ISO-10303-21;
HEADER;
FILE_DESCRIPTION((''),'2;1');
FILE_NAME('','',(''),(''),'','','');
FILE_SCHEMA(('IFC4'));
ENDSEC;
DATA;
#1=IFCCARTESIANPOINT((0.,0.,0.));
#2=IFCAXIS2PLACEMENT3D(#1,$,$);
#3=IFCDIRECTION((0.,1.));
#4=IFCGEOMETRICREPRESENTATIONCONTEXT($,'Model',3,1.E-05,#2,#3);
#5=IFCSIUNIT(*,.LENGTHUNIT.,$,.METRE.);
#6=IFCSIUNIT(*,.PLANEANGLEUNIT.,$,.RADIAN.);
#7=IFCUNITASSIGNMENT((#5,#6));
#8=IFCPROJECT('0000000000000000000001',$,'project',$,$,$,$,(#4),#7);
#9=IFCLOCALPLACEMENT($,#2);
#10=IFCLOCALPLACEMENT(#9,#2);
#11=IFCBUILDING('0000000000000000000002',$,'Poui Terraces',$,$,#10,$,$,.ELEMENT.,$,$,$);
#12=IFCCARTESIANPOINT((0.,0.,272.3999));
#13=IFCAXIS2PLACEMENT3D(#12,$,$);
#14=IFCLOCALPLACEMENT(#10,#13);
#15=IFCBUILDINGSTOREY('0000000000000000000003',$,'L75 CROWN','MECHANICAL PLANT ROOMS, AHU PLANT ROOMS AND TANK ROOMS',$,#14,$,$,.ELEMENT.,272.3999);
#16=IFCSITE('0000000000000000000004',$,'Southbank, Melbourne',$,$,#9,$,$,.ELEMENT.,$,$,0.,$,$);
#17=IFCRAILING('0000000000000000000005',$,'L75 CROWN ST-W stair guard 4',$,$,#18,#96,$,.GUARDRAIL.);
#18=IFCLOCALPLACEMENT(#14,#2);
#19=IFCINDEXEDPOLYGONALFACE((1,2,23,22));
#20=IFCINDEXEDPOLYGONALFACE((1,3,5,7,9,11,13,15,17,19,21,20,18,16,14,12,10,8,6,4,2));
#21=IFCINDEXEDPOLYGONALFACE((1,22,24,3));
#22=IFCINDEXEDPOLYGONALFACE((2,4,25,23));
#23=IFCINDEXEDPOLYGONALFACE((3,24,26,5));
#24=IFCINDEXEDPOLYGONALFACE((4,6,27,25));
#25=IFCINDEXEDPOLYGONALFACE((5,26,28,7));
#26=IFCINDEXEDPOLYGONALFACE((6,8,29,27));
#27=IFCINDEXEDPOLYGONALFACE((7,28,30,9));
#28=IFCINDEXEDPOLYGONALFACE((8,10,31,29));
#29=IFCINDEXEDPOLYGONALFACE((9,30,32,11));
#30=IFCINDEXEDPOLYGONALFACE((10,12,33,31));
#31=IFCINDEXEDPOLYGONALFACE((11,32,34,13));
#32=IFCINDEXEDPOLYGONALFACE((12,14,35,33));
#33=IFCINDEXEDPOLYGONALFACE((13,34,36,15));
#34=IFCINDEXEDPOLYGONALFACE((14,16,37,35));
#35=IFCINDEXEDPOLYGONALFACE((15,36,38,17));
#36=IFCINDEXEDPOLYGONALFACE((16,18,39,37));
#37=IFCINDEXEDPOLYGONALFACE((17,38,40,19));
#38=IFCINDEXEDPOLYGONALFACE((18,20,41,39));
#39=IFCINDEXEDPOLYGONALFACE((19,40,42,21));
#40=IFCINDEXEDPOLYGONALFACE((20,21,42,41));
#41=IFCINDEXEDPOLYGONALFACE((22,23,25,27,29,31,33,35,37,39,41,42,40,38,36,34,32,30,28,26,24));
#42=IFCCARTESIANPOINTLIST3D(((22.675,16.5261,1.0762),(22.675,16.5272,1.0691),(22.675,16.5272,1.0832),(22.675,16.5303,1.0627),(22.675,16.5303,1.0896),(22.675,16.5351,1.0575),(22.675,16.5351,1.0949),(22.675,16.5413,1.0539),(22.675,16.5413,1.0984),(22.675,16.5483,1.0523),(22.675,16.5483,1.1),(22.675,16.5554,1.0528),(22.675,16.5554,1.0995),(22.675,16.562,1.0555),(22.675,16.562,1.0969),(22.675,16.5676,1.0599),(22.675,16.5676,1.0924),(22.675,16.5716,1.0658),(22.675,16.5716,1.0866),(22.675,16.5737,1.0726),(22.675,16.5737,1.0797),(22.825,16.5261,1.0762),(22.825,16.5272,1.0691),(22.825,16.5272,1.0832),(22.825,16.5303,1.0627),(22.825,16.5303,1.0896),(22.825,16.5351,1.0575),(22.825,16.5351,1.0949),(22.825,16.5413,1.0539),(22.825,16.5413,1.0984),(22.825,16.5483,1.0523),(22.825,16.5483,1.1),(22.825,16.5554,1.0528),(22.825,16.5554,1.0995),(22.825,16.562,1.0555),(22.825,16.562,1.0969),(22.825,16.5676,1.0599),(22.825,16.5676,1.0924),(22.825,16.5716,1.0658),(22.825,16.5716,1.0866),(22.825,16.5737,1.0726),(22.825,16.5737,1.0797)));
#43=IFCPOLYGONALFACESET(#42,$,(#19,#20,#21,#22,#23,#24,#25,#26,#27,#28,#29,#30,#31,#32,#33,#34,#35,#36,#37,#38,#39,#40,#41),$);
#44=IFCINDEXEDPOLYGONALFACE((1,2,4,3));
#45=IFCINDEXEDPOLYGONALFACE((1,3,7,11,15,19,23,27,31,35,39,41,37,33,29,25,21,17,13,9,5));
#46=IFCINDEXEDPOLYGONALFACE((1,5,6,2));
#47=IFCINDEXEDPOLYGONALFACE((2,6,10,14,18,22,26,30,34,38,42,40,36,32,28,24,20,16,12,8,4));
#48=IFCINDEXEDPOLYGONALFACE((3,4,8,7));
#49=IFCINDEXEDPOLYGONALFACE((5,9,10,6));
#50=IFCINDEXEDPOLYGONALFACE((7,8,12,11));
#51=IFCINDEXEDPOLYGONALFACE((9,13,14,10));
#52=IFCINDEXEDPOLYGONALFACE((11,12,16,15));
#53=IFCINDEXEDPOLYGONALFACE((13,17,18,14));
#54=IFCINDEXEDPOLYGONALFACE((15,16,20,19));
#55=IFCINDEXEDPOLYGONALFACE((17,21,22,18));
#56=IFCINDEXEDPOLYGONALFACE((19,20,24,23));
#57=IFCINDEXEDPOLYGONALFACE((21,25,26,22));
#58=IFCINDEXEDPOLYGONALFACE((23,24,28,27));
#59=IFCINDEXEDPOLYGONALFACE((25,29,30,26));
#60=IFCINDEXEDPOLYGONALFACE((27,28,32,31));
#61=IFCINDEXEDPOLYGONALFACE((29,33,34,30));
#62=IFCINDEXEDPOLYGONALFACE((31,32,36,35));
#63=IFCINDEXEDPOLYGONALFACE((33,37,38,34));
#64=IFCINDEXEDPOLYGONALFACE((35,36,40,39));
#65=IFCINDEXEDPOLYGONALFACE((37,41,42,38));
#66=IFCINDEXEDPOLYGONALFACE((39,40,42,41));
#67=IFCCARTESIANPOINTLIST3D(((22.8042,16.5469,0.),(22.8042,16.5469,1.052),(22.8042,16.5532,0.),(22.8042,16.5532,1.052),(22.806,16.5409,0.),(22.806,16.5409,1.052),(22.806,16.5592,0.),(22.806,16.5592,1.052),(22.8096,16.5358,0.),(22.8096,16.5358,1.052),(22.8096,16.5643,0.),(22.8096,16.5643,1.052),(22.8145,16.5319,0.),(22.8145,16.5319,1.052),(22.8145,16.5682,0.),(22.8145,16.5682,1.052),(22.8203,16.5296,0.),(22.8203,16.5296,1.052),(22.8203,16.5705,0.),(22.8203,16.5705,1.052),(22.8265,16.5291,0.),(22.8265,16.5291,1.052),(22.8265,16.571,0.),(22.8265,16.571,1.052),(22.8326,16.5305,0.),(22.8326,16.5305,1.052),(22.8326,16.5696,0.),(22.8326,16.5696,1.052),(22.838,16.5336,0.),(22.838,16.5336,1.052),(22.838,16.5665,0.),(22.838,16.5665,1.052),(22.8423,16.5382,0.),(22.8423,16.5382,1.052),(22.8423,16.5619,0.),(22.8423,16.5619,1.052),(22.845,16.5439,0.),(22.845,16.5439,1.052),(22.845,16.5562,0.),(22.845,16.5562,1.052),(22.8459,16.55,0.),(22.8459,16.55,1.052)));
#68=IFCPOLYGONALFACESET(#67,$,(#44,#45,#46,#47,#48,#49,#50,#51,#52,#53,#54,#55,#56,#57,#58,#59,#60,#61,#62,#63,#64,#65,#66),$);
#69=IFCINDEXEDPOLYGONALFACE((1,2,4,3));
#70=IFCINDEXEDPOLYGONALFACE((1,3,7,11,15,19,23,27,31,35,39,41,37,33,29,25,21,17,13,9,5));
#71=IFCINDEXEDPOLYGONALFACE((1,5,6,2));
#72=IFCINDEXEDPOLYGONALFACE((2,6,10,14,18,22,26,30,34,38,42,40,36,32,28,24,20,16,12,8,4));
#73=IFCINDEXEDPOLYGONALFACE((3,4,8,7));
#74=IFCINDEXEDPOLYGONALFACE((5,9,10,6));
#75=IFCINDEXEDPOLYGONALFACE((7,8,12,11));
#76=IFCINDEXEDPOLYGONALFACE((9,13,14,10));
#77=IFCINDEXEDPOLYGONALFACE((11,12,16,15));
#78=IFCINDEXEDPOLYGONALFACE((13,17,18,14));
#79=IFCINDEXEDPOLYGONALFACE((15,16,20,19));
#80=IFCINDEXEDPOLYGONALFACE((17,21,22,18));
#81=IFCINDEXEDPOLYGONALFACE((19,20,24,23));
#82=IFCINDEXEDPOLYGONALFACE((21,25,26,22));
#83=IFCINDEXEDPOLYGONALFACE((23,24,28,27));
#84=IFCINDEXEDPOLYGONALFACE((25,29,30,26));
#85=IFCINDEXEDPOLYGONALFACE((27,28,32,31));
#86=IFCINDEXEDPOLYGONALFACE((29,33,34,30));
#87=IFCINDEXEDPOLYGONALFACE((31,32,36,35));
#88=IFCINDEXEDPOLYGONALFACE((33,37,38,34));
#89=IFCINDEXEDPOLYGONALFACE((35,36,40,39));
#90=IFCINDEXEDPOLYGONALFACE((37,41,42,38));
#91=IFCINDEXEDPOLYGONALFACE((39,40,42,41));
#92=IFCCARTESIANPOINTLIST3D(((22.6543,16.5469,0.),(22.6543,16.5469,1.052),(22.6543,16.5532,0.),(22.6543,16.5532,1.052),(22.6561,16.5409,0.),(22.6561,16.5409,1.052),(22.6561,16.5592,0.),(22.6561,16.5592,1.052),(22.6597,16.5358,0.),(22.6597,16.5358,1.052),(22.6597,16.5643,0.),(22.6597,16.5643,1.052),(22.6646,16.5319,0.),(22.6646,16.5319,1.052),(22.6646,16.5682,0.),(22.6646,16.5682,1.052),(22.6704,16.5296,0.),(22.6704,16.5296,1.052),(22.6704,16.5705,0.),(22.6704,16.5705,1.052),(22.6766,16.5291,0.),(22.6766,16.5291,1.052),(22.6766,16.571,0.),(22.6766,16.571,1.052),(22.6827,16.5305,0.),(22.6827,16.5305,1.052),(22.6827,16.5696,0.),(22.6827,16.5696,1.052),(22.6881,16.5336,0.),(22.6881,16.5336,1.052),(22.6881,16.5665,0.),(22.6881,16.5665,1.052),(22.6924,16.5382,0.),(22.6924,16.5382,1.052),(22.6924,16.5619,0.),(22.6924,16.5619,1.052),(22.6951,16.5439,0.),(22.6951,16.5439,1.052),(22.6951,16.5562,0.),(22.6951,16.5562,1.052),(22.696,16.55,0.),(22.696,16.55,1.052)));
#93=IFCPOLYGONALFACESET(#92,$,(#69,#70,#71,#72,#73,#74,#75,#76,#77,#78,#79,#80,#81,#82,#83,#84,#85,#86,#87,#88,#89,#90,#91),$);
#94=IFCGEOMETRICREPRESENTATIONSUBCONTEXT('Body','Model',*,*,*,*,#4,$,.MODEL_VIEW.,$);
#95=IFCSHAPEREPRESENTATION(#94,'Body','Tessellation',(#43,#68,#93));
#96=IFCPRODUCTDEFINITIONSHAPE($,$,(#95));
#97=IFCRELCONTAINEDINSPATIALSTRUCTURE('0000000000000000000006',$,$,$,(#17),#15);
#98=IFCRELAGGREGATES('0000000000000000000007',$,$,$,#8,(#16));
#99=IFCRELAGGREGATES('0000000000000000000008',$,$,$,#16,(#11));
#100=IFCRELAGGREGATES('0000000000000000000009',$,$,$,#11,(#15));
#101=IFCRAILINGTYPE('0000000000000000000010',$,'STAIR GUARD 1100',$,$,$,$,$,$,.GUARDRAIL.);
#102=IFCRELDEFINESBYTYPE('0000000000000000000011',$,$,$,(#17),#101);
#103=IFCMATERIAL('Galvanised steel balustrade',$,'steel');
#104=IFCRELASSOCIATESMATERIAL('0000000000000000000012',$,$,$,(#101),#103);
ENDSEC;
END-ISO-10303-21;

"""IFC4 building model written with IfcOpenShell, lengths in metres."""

from ifc_helpers import new_model, si_unit, direction, frame, origin, origin_2d, place, context, subcontext, project, spatial, circle, extrude, material, type_object, element, save


model = new_model("IFC4")

# Units and contexts
model_context = context("Model", 3, precision=1e-05, world=origin(), true_north=direction((0.0, 1.0)))
body_context = subcontext(model_context, "Body", "Model", "MODEL_VIEW")
ifc_project = project(units=[si_unit("LENGTHUNIT", "METRE"), si_unit("PLANEANGLEUNIT", "RADIAN")], contexts=[model_context])

# Site, building, storey
site_placement = place(None, origin())
site = spatial("IfcSite", under=ifc_project, at=site_placement, Name="Southbank, Melbourne", CompositionType="ELEMENT", RefElevation=0.0)
building_placement = place(site_placement, origin())
building = spatial("IfcBuilding", under=site, at=building_placement, Name="Poui Terraces", CompositionType="ELEMENT")
storey_placement = place(building_placement, frame((0.0, 0.0, 272.3999)))
storey = spatial("IfcBuildingStorey", under=building, at=storey_placement, Name="L75 CROWN", Description="MECHANICAL PLANT ROOMS, AHU PLANT ROOMS AND TANK ROOMS", CompositionType="ELEMENT", Elevation=272.3999)

# Railing
ifc_material_1 = material(Name="Galvanised steel balustrade", Category="steel")
railing_type_1 = type_object("IfcRailingType", Name="STAIR GUARD 1100", PredefinedType="GUARDRAIL", material=ifc_material_1)
railing_1_placement = place(storey_placement, frame((22.825, 16.55, 0.0)))
element("IfcRailing", 1, at=railing_1_placement, inside=storey, type_object=railing_type_1, Name="L75 CROWN ST-W stair guard 4", PredefinedType="GUARDRAIL", context=body_context, shape_type="SweptSolid", body=[
    extrude(circle(Radius=0.0239, at=origin_2d()), frame((0.0, 0.0, 1.0762), z_axis=(-1.0, 0.0, 0.0), x_axis=(0.0, -1.0, 0.0)), (0.0, 0.0, 1.0), 0.1499),
    extrude(circle(Radius=0.021, at=origin_2d()), origin(), (0.0, 0.0, 1.0), 1.052),
    extrude(circle(Radius=0.021, at=origin_2d()), frame((-0.1499, 0.0, 0.0)), (0.0, 0.0, 1.0), 1.052),
])

save(model, "model.ifc")
